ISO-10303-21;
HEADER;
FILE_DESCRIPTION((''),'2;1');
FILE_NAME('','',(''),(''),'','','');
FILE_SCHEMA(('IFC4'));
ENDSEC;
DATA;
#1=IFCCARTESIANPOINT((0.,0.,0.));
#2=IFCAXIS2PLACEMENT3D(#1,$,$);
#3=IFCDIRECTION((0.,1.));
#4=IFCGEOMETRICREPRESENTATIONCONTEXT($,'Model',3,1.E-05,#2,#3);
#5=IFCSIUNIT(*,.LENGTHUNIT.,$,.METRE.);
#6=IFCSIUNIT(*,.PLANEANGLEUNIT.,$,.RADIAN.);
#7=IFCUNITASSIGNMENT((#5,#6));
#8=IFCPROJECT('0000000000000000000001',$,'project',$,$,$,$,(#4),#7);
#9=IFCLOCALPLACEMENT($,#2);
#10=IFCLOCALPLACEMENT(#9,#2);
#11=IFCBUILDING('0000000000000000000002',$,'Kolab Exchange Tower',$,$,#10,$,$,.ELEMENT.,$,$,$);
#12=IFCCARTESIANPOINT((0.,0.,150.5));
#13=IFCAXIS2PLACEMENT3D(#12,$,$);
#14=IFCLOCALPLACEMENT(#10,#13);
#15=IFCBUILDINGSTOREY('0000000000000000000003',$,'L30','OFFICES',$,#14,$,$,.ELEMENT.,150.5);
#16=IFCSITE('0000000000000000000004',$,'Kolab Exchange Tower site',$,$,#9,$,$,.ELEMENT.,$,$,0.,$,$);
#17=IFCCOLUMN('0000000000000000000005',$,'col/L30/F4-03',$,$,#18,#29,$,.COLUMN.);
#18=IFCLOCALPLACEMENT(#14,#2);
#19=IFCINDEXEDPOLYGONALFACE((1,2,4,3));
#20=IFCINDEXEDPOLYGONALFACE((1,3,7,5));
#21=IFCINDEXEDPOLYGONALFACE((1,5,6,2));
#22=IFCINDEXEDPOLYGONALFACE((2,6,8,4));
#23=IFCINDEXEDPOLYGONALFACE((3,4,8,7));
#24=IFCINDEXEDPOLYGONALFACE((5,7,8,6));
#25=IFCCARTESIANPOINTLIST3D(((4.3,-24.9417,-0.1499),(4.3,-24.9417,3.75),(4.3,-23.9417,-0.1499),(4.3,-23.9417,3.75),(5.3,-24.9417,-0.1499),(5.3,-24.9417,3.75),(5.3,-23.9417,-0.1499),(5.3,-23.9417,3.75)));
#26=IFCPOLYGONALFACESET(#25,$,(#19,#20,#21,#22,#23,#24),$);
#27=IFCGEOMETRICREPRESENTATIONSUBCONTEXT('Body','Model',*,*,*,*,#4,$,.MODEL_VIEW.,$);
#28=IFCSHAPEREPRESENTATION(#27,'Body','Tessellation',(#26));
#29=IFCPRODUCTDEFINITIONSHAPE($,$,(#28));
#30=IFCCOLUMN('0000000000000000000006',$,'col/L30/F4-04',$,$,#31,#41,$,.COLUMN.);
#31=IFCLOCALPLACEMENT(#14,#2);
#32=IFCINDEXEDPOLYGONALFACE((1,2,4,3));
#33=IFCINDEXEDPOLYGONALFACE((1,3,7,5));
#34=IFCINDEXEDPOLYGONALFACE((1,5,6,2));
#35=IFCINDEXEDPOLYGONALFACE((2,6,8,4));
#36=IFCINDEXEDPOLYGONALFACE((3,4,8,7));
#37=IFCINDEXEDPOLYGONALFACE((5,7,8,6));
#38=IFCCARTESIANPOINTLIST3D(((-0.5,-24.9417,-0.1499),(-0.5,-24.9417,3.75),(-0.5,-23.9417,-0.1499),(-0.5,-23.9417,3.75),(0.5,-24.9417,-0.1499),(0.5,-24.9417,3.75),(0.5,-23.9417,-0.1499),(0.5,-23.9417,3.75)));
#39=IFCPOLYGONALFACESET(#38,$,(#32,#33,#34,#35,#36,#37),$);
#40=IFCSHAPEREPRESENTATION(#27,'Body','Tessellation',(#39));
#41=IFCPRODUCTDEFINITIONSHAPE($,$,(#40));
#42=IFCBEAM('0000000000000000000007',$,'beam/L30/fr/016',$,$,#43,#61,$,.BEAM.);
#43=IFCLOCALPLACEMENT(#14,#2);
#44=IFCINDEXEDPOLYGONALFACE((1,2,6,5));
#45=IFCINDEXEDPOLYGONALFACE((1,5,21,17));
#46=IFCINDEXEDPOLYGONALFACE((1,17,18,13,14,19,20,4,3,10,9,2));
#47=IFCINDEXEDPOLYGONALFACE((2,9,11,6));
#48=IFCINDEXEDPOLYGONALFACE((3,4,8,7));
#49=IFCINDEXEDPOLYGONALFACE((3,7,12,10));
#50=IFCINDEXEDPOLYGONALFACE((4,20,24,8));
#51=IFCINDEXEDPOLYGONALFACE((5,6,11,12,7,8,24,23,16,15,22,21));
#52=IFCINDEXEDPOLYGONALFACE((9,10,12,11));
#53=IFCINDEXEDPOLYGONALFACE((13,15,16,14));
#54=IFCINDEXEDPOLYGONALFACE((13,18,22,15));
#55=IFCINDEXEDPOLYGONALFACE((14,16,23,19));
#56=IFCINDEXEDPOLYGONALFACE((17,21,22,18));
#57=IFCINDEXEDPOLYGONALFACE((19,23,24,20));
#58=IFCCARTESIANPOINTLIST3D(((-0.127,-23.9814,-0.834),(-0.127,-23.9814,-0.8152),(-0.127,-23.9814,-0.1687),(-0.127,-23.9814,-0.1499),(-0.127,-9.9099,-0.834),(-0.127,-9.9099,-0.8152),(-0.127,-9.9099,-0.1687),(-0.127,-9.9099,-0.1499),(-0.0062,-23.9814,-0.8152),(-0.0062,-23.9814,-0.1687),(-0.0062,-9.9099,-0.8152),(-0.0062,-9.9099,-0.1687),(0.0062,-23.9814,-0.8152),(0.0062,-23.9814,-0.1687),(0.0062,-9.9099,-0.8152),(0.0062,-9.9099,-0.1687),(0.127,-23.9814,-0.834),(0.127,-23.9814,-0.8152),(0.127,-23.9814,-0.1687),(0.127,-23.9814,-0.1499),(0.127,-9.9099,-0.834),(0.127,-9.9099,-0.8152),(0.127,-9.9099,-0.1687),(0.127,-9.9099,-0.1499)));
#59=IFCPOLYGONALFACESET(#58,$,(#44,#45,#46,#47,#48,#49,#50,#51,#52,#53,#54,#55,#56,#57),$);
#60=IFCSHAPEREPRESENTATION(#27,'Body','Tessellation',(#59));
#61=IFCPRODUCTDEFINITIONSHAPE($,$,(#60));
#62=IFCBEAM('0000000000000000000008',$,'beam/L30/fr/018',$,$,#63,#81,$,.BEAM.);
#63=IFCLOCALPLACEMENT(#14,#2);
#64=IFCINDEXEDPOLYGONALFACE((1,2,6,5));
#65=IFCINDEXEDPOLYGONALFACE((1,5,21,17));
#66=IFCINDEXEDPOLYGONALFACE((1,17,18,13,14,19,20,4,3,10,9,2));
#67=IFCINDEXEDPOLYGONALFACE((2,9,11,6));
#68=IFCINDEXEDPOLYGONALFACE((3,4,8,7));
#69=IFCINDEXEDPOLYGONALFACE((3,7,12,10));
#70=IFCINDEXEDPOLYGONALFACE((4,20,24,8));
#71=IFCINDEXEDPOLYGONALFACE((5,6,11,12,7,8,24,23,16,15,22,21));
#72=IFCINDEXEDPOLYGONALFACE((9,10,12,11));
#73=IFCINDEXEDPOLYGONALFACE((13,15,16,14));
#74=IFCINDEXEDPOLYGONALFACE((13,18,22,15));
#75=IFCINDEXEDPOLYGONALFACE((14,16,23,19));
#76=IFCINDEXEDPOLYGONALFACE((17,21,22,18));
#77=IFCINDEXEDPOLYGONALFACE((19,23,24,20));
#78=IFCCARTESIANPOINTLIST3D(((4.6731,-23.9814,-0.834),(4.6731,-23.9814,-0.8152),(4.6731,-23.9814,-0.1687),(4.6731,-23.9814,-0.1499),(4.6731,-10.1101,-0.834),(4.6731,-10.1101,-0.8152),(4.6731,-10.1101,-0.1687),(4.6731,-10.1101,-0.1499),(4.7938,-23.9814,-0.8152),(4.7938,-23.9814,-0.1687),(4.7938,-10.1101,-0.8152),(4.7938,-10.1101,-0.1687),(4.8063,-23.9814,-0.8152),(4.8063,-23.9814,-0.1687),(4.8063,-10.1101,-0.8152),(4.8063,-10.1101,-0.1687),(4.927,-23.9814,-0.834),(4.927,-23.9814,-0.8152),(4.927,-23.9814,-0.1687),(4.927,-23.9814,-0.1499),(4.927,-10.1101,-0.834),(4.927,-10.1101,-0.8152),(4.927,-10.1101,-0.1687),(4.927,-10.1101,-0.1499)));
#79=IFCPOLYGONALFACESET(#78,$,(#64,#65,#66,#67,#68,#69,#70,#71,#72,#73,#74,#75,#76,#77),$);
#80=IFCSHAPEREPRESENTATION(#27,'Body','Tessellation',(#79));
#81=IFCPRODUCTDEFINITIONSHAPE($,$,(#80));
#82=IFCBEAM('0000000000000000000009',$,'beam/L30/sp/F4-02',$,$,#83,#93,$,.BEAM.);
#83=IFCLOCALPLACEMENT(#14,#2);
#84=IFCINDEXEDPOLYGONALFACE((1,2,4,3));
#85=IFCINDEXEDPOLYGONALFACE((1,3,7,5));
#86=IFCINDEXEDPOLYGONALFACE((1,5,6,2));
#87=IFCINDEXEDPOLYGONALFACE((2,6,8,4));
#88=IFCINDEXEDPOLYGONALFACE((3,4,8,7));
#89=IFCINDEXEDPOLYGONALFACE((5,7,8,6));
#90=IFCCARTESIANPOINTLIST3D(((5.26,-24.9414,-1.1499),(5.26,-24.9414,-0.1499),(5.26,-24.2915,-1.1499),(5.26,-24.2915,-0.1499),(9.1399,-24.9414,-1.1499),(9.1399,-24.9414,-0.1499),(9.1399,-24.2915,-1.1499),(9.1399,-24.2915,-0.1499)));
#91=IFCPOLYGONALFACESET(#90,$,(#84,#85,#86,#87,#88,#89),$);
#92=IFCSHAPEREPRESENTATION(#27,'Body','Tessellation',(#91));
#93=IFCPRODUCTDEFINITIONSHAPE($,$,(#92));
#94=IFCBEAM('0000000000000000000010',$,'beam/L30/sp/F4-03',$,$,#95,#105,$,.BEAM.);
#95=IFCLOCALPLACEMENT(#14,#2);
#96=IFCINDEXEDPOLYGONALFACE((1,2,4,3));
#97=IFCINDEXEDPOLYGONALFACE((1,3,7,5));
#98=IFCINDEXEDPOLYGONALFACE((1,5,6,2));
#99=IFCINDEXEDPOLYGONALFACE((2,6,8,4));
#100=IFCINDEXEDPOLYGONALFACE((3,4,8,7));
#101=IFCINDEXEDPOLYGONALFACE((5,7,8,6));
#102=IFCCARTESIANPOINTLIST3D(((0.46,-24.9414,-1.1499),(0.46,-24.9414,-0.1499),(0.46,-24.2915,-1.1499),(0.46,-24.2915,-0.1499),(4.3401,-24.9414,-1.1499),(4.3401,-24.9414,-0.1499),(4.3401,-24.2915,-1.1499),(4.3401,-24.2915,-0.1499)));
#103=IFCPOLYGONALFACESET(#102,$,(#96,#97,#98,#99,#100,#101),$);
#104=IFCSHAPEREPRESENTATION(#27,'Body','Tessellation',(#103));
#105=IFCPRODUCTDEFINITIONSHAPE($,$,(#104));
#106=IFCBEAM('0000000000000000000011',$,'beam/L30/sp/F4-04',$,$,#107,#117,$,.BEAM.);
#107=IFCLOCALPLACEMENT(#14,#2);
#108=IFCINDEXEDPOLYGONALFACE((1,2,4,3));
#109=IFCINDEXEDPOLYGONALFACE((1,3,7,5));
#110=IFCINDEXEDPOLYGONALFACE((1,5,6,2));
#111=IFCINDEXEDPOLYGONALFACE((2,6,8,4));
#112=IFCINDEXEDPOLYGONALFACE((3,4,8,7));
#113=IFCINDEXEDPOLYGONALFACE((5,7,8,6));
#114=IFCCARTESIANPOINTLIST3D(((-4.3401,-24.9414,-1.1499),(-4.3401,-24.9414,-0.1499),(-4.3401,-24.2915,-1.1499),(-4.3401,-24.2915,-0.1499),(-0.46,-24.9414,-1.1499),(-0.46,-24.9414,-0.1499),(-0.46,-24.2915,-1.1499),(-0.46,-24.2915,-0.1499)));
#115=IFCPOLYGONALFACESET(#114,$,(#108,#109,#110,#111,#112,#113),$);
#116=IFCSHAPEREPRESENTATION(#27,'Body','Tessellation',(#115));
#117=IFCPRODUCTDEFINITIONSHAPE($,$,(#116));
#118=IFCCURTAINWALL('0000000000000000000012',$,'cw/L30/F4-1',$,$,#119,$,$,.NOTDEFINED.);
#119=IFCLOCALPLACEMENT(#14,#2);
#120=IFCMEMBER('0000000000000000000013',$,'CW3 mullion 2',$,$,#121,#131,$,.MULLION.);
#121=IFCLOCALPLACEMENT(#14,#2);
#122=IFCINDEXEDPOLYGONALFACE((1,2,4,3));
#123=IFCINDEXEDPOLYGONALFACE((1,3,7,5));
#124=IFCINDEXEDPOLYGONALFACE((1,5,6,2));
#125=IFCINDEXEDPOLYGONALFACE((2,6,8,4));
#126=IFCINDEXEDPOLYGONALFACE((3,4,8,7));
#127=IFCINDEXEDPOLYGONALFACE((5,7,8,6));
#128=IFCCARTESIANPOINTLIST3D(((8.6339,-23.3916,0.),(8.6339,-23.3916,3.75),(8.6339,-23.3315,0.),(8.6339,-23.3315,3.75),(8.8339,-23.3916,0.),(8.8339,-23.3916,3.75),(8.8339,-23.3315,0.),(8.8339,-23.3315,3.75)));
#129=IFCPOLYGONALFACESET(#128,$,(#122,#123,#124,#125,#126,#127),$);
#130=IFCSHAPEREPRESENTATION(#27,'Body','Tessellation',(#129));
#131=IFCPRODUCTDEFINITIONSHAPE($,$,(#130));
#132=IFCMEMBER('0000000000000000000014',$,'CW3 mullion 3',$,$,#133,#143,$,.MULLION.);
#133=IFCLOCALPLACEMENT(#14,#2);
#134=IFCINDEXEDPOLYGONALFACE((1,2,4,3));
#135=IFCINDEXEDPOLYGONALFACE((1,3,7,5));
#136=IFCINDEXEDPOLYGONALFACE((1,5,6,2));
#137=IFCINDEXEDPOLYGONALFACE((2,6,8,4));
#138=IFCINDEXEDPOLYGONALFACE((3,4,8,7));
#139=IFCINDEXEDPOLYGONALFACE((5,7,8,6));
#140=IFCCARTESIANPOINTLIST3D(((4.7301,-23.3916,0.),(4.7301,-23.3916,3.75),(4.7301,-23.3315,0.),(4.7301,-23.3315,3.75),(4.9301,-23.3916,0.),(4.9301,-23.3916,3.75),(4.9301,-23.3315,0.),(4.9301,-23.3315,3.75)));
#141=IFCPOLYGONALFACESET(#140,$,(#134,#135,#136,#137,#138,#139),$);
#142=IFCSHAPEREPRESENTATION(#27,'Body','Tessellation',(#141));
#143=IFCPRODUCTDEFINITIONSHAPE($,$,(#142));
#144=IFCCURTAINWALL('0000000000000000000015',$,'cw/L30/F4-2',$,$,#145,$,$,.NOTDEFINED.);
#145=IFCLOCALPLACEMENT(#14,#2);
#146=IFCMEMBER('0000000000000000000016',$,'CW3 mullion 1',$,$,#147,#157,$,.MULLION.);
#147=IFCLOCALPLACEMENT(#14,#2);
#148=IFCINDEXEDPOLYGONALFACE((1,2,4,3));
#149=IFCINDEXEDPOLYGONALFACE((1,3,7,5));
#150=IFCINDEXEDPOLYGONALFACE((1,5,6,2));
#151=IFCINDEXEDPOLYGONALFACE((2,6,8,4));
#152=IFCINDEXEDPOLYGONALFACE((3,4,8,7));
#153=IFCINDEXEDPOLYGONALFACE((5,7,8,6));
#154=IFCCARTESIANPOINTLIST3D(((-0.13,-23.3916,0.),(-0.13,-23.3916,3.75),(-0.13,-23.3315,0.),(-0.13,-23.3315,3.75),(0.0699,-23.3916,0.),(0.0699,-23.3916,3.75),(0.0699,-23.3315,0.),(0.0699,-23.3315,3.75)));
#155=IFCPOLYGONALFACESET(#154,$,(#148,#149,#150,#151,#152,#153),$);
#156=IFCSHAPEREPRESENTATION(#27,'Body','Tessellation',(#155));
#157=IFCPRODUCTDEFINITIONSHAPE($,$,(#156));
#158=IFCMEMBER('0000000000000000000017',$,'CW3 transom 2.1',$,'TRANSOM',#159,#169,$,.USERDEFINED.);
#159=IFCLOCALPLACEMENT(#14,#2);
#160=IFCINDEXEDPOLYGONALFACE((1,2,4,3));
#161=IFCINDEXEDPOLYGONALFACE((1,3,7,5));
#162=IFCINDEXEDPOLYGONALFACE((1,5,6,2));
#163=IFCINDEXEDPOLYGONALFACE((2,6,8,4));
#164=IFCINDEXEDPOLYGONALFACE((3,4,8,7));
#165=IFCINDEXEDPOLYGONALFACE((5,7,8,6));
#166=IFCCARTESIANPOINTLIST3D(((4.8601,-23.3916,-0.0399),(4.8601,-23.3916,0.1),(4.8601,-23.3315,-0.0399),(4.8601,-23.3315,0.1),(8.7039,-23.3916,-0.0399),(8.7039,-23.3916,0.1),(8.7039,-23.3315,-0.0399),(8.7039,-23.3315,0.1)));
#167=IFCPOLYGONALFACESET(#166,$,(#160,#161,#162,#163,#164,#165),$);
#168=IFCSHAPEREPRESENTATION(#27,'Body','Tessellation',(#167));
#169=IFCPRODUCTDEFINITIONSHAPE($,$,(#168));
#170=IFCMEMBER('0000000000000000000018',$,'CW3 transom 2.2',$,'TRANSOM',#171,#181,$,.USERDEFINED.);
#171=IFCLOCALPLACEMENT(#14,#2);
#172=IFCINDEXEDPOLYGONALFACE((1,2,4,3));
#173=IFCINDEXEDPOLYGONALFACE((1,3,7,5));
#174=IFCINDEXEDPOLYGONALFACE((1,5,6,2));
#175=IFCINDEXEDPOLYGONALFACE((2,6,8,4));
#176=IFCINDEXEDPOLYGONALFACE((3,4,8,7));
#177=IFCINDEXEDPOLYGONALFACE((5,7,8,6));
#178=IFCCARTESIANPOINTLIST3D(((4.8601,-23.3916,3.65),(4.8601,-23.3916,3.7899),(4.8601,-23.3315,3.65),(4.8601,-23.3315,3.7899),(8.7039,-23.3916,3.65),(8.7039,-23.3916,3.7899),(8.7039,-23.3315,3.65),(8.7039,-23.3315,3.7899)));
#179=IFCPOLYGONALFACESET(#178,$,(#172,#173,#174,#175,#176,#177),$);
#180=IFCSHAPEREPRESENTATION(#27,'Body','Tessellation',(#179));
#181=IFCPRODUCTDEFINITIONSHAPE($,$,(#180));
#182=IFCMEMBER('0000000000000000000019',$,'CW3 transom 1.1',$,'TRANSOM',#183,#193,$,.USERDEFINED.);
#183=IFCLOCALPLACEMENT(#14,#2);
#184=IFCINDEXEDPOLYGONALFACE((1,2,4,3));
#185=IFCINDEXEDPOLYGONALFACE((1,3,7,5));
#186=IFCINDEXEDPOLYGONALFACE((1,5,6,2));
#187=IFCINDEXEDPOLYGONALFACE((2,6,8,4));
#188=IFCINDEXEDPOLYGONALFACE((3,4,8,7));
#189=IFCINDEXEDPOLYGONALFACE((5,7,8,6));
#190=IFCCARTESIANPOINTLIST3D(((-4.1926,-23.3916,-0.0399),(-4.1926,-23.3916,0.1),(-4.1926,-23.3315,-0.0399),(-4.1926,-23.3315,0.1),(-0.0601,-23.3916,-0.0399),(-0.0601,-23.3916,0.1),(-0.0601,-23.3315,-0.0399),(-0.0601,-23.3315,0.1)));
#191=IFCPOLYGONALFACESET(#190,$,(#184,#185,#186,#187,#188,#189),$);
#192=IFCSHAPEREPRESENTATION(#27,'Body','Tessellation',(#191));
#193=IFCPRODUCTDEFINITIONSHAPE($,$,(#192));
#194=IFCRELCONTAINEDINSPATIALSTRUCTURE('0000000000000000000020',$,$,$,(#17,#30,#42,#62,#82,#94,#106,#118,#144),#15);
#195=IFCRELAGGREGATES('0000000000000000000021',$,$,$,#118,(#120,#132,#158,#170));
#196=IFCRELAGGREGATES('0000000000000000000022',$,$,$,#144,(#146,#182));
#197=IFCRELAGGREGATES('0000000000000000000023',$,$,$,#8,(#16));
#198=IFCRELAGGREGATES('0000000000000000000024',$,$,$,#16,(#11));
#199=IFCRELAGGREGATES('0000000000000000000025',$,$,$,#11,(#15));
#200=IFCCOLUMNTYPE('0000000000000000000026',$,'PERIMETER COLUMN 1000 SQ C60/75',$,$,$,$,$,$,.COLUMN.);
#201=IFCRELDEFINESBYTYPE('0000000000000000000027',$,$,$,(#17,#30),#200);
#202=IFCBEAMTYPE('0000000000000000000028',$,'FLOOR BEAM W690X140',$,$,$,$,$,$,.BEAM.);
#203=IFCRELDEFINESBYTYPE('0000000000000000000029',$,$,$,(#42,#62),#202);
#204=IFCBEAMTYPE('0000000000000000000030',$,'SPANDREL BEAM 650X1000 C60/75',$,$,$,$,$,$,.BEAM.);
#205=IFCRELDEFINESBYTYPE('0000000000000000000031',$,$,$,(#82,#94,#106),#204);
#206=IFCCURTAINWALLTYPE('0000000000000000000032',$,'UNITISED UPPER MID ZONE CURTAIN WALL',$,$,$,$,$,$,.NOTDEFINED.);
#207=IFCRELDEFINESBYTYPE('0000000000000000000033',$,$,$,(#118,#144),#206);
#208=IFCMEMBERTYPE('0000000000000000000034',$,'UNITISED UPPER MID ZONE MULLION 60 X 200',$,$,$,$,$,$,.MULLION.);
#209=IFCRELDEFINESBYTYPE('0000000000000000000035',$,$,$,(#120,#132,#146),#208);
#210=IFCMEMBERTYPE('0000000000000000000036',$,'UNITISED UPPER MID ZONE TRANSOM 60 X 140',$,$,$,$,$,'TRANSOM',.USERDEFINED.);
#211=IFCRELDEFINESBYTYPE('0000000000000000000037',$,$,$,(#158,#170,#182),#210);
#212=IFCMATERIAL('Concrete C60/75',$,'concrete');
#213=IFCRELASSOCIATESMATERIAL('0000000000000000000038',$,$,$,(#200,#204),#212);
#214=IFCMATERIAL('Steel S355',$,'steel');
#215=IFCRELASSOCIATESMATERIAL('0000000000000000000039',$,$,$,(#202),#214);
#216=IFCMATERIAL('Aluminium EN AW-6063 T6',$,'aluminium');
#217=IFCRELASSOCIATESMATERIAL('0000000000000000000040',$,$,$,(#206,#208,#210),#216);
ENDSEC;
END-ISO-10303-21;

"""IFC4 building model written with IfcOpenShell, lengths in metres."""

from ifc_helpers import new_model, si_unit, direction, frame, origin, origin_2d, place, context, subcontext, project, spatial, rectangle, i_section, extrude, material, material_profile, profile_set, type_object, element, aggregate, save


model = new_model("IFC4")

# Units and contexts
model_context = context("Model", 3, precision=1e-05, world=origin(), true_north=direction((0.0, 1.0)))
body_context = subcontext(model_context, "Body", "Model", "MODEL_VIEW")
ifc_project = project(units=[si_unit("LENGTHUNIT", "METRE"), si_unit("PLANEANGLEUNIT", "RADIAN")], contexts=[model_context])

# Site, building, storey
site_placement = place(None, origin())
site = spatial("IfcSite", under=ifc_project, at=site_placement, Name="Kolab Exchange Tower site", CompositionType="ELEMENT", RefElevation=0.0)
building_placement = place(site_placement, origin())
building = spatial("IfcBuilding", under=site, at=building_placement, Name="Kolab Exchange Tower", CompositionType="ELEMENT")
storey_placement = place(building_placement, frame((0.0, 0.0, 150.5)))
storey = spatial("IfcBuildingStorey", under=building, at=storey_placement, Name="L30", Description="OFFICES", CompositionType="ELEMENT", Elevation=150.5)

# Columns
ifc_material_1 = material(Name="Concrete C60/75", Category="concrete")
ifc_material_profile_1 = material_profile(ifc_material_1, rectangle(XDim=1.0, YDim=1.0, at=origin_2d()), Name="RC1000")
ifc_profile_set_1 = profile_set([ifc_material_profile_1], Name="Concrete C60/75")
column_type = type_object("IfcColumnType", Name="PERIMETER COLUMN 1000 SQ C60/75", PredefinedType="COLUMN", material=ifc_profile_set_1)
for number, where, z_axis, x_axis, name in (
    (1, (4.8, -24.4417, -0.1499), (0.0, 0.0, 1.0), (1.0, 0.0, 0.0), "col/L30/F4-03"),
    (2, (0.0, -24.4417, -0.1499), (0.0, 0.0, 1.0), (1.0, 0.0, 0.0), "col/L30/F4-04"),
):
    element("IfcColumn", number, at=place(storey_placement, frame(where, z_axis=z_axis, x_axis=x_axis)), inside=storey, type_object=column_type, Name=name, PredefinedType="COLUMN", context=body_context, shape_type="SweptSolid", body=[
        extrude(rectangle(XDim=1.0, YDim=1.0, at=origin_2d()), origin(), (0.0, 0.0, 1.0), 3.8999),
    ])

# Beams
ifc_material_2 = material(Name="Steel S355", Category="steel")
ifc_material_profile_2 = material_profile(ifc_material_2, i_section(OverallWidth=0.2539, OverallDepth=0.6841, WebThickness=0.0125, FlangeThickness=0.0188, at=origin_2d()), Name="W690X140")
ifc_profile_set_2 = profile_set([ifc_material_profile_2], Name="Steel S355")
beam_type_1 = type_object("IfcBeamType", Name="FLOOR BEAM W690X140", PredefinedType="BEAM", material=ifc_profile_set_2)
beam_1_placement = place(storey_placement, frame((0.0, -23.9814, -0.4919), z_axis=(0.0, 1.0, 0.0), x_axis=(-1.0, 0.0, 0.0)))
element("IfcBeam", 3, at=beam_1_placement, inside=storey, type_object=beam_type_1, Name="beam/L30/fr/016", PredefinedType="BEAM", context=body_context, shape_type="SweptSolid", body=[
    extrude(i_section(OverallWidth=0.2539, OverallDepth=0.6841, WebThickness=0.0125, FlangeThickness=0.0188, at=origin_2d()), origin(), (0.0, 0.0, 1.0), 14.0715),
])
beam_2_placement = place(storey_placement, frame((4.8, -23.9814, -0.4919), z_axis=(0.0, 1.0, 0.0), x_axis=(-1.0, 0.0, 0.0)))
element("IfcBeam", 4, at=beam_2_placement, inside=storey, type_object=beam_type_1, Name="beam/L30/fr/018", PredefinedType="BEAM", context=body_context, shape_type="SweptSolid", body=[
    extrude(i_section(OverallWidth=0.2539, OverallDepth=0.6841, WebThickness=0.0125, FlangeThickness=0.0188, at=origin_2d()), origin(), (0.0, 0.0, 1.0), 13.8713),
])
ifc_material_profile_3 = material_profile(ifc_material_1, rectangle(XDim=0.6499, YDim=1.0, at=origin_2d()), Name="RC650X1000")
ifc_profile_set_3 = profile_set([ifc_material_profile_3], Name="Concrete C60/75")
beam_type_2 = type_object("IfcBeamType", Name="SPANDREL BEAM 650X1000 C60/75", PredefinedType="BEAM", material=ifc_profile_set_3)
beam_3_placement = place(storey_placement, frame((9.1399, -24.6165, -0.6499), z_axis=(-1.0, 0.0, 0.0), x_axis=(0.0, -1.0, 0.0)))
element("IfcBeam", 5, at=beam_3_placement, inside=storey, type_object=beam_type_2, Name="beam/L30/sp/F4-02", PredefinedType="BEAM", context=body_context, shape_type="SweptSolid", body=[
    extrude(rectangle(XDim=0.6499, YDim=1.0, at=origin_2d()), origin(), (0.0, 0.0, 1.0), 3.8799),
])
for number, where, z_axis, x_axis, name in (
    (6, (4.3401, -24.6165, -0.6499), (-1.0, 0.0, 0.0), (0.0, -1.0, 0.0), "beam/L30/sp/F4-03"),
    (7, (-0.46, -24.6165, -0.6499), (-1.0, 0.0, 0.0), (0.0, -1.0, 0.0), "beam/L30/sp/F4-04"),
):
    element("IfcBeam", number, at=place(storey_placement, frame(where, z_axis=z_axis, x_axis=x_axis)), inside=storey, type_object=beam_type_2, Name=name, PredefinedType="BEAM", context=body_context, shape_type="SweptSolid", body=[
        extrude(rectangle(XDim=0.6499, YDim=1.0, at=origin_2d()), origin(), (0.0, 0.0, 1.0), 3.8801),
    ])

# Curtain wall, members
ifc_material_3 = material(Name="Aluminium EN AW-6063 T6", Category="aluminium")
curtain_wall_type = type_object("IfcCurtainWallType", Name="UNITISED UPPER MID ZONE CURTAIN WALL", PredefinedType="NOTDEFINED", material=ifc_material_3)
curtain_wall_1_placement = place(storey_placement, origin())
curtain_wall_1 = element("IfcCurtainWall", 8, at=curtain_wall_1_placement, inside=storey, type_object=curtain_wall_type, Name="cw/L30/F4-1", PredefinedType="NOTDEFINED")
ifc_material_profile_4 = material_profile(ifc_material_3, rectangle(XDim=0.0601, YDim=0.2, at=origin_2d()), Name="RECT 60X200")
ifc_profile_set_4 = profile_set([ifc_material_profile_4], Name="Aluminium EN AW-6063 T6")
member_type_1 = type_object("IfcMemberType", Name="UNITISED UPPER MID ZONE MULLION 60 X 200", PredefinedType="MULLION", material=ifc_profile_set_4)
member_1_placement = place(storey_placement, frame((8.7339, -23.3616, 0.0), z_axis=(0.0, 0.0, 1.0), x_axis=(0.0, -1.0, 0.0)))
member_1 = element("IfcMember", 9, at=member_1_placement, type_object=member_type_1, Name="CW3 mullion 2", PredefinedType="MULLION", context=body_context, shape_type="SweptSolid", body=[
    extrude(rectangle(XDim=0.0601, YDim=0.2, at=origin_2d()), origin(), (0.0, 0.0, 1.0), 3.75),
])
member_2_placement = place(storey_placement, frame((4.8301, -23.3616, 0.0), z_axis=(0.0, 0.0, 1.0), x_axis=(0.0, -1.0, 0.0)))
member_2 = element("IfcMember", 10, at=member_2_placement, type_object=member_type_1, Name="CW3 mullion 3", PredefinedType="MULLION", context=body_context, shape_type="SweptSolid", body=[
    extrude(rectangle(XDim=0.0601, YDim=0.2, at=origin_2d()), origin(), (0.0, 0.0, 1.0), 3.75),
])

# Curtain wall, member
curtain_wall_2_placement = place(storey_placement, origin())
curtain_wall_2 = element("IfcCurtainWall", 11, at=curtain_wall_2_placement, inside=storey, type_object=curtain_wall_type, Name="cw/L30/F4-2", PredefinedType="NOTDEFINED")
member_3_placement = place(storey_placement, frame((-0.03, -23.3616, 0.0), z_axis=(0.0, 0.0, 1.0), x_axis=(0.0, -1.0, 0.0)))
member_3 = element("IfcMember", 12, at=member_3_placement, type_object=member_type_1, Name="CW3 mullion 1", PredefinedType="MULLION", context=body_context, shape_type="SweptSolid", body=[
    extrude(rectangle(XDim=0.0601, YDim=0.2, at=origin_2d()), origin(), (0.0, 0.0, 1.0), 3.75),
])

# Members
ifc_material_profile_5 = material_profile(ifc_material_3, rectangle(XDim=0.0601, YDim=0.1399, at=origin_2d()), Name="RECT 60X140")
ifc_profile_set_5 = profile_set([ifc_material_profile_5], Name="Aluminium EN AW-6063 T6")
member_type_2 = type_object("IfcMemberType", Name="UNITISED UPPER MID ZONE TRANSOM 60 X 140", ElementType="TRANSOM", PredefinedType="USERDEFINED", material=ifc_profile_set_5)
member_4_placement = place(storey_placement, frame((8.7039, -23.3616, 0.03), z_axis=(-1.0, 0.0, 0.0), x_axis=(0.0, -1.0, 0.0)))
member_4 = element("IfcMember", 13, at=member_4_placement, type_object=member_type_2, Name="CW3 transom 2.1", ObjectType="TRANSOM", PredefinedType="USERDEFINED", context=body_context, shape_type="SweptSolid", body=[
    extrude(rectangle(XDim=0.0601, YDim=0.1399, at=origin_2d()), origin(), (0.0, 0.0, 1.0), 3.8438),
])
member_5_placement = place(storey_placement, frame((8.7039, -23.3616, 3.72), z_axis=(-1.0, 0.0, 0.0), x_axis=(0.0, -1.0, 0.0)))
member_5 = element("IfcMember", 14, at=member_5_placement, type_object=member_type_2, Name="CW3 transom 2.2", ObjectType="TRANSOM", PredefinedType="USERDEFINED", context=body_context, shape_type="SweptSolid", body=[
    extrude(rectangle(XDim=0.0601, YDim=0.1399, at=origin_2d()), origin(), (0.0, 0.0, 1.0), 3.8438),
])
member_6_placement = place(storey_placement, frame((-0.0601, -23.3616, 0.03), z_axis=(-1.0, 0.0, 0.0), x_axis=(0.0, -1.0, 0.0)))
member_6 = element("IfcMember", 15, at=member_6_placement, type_object=member_type_2, Name="CW3 transom 1.1", ObjectType="TRANSOM", PredefinedType="USERDEFINED", context=body_context, shape_type="SweptSolid", body=[
    extrude(rectangle(XDim=0.0601, YDim=0.1399, at=origin_2d()), origin(), (0.0, 0.0, 1.0), 4.1326),
])

aggregate(curtain_wall_1, [member_1, member_2, member_4, member_5])
aggregate(curtain_wall_2, [member_3, member_6])

save(model, "model.ifc")
